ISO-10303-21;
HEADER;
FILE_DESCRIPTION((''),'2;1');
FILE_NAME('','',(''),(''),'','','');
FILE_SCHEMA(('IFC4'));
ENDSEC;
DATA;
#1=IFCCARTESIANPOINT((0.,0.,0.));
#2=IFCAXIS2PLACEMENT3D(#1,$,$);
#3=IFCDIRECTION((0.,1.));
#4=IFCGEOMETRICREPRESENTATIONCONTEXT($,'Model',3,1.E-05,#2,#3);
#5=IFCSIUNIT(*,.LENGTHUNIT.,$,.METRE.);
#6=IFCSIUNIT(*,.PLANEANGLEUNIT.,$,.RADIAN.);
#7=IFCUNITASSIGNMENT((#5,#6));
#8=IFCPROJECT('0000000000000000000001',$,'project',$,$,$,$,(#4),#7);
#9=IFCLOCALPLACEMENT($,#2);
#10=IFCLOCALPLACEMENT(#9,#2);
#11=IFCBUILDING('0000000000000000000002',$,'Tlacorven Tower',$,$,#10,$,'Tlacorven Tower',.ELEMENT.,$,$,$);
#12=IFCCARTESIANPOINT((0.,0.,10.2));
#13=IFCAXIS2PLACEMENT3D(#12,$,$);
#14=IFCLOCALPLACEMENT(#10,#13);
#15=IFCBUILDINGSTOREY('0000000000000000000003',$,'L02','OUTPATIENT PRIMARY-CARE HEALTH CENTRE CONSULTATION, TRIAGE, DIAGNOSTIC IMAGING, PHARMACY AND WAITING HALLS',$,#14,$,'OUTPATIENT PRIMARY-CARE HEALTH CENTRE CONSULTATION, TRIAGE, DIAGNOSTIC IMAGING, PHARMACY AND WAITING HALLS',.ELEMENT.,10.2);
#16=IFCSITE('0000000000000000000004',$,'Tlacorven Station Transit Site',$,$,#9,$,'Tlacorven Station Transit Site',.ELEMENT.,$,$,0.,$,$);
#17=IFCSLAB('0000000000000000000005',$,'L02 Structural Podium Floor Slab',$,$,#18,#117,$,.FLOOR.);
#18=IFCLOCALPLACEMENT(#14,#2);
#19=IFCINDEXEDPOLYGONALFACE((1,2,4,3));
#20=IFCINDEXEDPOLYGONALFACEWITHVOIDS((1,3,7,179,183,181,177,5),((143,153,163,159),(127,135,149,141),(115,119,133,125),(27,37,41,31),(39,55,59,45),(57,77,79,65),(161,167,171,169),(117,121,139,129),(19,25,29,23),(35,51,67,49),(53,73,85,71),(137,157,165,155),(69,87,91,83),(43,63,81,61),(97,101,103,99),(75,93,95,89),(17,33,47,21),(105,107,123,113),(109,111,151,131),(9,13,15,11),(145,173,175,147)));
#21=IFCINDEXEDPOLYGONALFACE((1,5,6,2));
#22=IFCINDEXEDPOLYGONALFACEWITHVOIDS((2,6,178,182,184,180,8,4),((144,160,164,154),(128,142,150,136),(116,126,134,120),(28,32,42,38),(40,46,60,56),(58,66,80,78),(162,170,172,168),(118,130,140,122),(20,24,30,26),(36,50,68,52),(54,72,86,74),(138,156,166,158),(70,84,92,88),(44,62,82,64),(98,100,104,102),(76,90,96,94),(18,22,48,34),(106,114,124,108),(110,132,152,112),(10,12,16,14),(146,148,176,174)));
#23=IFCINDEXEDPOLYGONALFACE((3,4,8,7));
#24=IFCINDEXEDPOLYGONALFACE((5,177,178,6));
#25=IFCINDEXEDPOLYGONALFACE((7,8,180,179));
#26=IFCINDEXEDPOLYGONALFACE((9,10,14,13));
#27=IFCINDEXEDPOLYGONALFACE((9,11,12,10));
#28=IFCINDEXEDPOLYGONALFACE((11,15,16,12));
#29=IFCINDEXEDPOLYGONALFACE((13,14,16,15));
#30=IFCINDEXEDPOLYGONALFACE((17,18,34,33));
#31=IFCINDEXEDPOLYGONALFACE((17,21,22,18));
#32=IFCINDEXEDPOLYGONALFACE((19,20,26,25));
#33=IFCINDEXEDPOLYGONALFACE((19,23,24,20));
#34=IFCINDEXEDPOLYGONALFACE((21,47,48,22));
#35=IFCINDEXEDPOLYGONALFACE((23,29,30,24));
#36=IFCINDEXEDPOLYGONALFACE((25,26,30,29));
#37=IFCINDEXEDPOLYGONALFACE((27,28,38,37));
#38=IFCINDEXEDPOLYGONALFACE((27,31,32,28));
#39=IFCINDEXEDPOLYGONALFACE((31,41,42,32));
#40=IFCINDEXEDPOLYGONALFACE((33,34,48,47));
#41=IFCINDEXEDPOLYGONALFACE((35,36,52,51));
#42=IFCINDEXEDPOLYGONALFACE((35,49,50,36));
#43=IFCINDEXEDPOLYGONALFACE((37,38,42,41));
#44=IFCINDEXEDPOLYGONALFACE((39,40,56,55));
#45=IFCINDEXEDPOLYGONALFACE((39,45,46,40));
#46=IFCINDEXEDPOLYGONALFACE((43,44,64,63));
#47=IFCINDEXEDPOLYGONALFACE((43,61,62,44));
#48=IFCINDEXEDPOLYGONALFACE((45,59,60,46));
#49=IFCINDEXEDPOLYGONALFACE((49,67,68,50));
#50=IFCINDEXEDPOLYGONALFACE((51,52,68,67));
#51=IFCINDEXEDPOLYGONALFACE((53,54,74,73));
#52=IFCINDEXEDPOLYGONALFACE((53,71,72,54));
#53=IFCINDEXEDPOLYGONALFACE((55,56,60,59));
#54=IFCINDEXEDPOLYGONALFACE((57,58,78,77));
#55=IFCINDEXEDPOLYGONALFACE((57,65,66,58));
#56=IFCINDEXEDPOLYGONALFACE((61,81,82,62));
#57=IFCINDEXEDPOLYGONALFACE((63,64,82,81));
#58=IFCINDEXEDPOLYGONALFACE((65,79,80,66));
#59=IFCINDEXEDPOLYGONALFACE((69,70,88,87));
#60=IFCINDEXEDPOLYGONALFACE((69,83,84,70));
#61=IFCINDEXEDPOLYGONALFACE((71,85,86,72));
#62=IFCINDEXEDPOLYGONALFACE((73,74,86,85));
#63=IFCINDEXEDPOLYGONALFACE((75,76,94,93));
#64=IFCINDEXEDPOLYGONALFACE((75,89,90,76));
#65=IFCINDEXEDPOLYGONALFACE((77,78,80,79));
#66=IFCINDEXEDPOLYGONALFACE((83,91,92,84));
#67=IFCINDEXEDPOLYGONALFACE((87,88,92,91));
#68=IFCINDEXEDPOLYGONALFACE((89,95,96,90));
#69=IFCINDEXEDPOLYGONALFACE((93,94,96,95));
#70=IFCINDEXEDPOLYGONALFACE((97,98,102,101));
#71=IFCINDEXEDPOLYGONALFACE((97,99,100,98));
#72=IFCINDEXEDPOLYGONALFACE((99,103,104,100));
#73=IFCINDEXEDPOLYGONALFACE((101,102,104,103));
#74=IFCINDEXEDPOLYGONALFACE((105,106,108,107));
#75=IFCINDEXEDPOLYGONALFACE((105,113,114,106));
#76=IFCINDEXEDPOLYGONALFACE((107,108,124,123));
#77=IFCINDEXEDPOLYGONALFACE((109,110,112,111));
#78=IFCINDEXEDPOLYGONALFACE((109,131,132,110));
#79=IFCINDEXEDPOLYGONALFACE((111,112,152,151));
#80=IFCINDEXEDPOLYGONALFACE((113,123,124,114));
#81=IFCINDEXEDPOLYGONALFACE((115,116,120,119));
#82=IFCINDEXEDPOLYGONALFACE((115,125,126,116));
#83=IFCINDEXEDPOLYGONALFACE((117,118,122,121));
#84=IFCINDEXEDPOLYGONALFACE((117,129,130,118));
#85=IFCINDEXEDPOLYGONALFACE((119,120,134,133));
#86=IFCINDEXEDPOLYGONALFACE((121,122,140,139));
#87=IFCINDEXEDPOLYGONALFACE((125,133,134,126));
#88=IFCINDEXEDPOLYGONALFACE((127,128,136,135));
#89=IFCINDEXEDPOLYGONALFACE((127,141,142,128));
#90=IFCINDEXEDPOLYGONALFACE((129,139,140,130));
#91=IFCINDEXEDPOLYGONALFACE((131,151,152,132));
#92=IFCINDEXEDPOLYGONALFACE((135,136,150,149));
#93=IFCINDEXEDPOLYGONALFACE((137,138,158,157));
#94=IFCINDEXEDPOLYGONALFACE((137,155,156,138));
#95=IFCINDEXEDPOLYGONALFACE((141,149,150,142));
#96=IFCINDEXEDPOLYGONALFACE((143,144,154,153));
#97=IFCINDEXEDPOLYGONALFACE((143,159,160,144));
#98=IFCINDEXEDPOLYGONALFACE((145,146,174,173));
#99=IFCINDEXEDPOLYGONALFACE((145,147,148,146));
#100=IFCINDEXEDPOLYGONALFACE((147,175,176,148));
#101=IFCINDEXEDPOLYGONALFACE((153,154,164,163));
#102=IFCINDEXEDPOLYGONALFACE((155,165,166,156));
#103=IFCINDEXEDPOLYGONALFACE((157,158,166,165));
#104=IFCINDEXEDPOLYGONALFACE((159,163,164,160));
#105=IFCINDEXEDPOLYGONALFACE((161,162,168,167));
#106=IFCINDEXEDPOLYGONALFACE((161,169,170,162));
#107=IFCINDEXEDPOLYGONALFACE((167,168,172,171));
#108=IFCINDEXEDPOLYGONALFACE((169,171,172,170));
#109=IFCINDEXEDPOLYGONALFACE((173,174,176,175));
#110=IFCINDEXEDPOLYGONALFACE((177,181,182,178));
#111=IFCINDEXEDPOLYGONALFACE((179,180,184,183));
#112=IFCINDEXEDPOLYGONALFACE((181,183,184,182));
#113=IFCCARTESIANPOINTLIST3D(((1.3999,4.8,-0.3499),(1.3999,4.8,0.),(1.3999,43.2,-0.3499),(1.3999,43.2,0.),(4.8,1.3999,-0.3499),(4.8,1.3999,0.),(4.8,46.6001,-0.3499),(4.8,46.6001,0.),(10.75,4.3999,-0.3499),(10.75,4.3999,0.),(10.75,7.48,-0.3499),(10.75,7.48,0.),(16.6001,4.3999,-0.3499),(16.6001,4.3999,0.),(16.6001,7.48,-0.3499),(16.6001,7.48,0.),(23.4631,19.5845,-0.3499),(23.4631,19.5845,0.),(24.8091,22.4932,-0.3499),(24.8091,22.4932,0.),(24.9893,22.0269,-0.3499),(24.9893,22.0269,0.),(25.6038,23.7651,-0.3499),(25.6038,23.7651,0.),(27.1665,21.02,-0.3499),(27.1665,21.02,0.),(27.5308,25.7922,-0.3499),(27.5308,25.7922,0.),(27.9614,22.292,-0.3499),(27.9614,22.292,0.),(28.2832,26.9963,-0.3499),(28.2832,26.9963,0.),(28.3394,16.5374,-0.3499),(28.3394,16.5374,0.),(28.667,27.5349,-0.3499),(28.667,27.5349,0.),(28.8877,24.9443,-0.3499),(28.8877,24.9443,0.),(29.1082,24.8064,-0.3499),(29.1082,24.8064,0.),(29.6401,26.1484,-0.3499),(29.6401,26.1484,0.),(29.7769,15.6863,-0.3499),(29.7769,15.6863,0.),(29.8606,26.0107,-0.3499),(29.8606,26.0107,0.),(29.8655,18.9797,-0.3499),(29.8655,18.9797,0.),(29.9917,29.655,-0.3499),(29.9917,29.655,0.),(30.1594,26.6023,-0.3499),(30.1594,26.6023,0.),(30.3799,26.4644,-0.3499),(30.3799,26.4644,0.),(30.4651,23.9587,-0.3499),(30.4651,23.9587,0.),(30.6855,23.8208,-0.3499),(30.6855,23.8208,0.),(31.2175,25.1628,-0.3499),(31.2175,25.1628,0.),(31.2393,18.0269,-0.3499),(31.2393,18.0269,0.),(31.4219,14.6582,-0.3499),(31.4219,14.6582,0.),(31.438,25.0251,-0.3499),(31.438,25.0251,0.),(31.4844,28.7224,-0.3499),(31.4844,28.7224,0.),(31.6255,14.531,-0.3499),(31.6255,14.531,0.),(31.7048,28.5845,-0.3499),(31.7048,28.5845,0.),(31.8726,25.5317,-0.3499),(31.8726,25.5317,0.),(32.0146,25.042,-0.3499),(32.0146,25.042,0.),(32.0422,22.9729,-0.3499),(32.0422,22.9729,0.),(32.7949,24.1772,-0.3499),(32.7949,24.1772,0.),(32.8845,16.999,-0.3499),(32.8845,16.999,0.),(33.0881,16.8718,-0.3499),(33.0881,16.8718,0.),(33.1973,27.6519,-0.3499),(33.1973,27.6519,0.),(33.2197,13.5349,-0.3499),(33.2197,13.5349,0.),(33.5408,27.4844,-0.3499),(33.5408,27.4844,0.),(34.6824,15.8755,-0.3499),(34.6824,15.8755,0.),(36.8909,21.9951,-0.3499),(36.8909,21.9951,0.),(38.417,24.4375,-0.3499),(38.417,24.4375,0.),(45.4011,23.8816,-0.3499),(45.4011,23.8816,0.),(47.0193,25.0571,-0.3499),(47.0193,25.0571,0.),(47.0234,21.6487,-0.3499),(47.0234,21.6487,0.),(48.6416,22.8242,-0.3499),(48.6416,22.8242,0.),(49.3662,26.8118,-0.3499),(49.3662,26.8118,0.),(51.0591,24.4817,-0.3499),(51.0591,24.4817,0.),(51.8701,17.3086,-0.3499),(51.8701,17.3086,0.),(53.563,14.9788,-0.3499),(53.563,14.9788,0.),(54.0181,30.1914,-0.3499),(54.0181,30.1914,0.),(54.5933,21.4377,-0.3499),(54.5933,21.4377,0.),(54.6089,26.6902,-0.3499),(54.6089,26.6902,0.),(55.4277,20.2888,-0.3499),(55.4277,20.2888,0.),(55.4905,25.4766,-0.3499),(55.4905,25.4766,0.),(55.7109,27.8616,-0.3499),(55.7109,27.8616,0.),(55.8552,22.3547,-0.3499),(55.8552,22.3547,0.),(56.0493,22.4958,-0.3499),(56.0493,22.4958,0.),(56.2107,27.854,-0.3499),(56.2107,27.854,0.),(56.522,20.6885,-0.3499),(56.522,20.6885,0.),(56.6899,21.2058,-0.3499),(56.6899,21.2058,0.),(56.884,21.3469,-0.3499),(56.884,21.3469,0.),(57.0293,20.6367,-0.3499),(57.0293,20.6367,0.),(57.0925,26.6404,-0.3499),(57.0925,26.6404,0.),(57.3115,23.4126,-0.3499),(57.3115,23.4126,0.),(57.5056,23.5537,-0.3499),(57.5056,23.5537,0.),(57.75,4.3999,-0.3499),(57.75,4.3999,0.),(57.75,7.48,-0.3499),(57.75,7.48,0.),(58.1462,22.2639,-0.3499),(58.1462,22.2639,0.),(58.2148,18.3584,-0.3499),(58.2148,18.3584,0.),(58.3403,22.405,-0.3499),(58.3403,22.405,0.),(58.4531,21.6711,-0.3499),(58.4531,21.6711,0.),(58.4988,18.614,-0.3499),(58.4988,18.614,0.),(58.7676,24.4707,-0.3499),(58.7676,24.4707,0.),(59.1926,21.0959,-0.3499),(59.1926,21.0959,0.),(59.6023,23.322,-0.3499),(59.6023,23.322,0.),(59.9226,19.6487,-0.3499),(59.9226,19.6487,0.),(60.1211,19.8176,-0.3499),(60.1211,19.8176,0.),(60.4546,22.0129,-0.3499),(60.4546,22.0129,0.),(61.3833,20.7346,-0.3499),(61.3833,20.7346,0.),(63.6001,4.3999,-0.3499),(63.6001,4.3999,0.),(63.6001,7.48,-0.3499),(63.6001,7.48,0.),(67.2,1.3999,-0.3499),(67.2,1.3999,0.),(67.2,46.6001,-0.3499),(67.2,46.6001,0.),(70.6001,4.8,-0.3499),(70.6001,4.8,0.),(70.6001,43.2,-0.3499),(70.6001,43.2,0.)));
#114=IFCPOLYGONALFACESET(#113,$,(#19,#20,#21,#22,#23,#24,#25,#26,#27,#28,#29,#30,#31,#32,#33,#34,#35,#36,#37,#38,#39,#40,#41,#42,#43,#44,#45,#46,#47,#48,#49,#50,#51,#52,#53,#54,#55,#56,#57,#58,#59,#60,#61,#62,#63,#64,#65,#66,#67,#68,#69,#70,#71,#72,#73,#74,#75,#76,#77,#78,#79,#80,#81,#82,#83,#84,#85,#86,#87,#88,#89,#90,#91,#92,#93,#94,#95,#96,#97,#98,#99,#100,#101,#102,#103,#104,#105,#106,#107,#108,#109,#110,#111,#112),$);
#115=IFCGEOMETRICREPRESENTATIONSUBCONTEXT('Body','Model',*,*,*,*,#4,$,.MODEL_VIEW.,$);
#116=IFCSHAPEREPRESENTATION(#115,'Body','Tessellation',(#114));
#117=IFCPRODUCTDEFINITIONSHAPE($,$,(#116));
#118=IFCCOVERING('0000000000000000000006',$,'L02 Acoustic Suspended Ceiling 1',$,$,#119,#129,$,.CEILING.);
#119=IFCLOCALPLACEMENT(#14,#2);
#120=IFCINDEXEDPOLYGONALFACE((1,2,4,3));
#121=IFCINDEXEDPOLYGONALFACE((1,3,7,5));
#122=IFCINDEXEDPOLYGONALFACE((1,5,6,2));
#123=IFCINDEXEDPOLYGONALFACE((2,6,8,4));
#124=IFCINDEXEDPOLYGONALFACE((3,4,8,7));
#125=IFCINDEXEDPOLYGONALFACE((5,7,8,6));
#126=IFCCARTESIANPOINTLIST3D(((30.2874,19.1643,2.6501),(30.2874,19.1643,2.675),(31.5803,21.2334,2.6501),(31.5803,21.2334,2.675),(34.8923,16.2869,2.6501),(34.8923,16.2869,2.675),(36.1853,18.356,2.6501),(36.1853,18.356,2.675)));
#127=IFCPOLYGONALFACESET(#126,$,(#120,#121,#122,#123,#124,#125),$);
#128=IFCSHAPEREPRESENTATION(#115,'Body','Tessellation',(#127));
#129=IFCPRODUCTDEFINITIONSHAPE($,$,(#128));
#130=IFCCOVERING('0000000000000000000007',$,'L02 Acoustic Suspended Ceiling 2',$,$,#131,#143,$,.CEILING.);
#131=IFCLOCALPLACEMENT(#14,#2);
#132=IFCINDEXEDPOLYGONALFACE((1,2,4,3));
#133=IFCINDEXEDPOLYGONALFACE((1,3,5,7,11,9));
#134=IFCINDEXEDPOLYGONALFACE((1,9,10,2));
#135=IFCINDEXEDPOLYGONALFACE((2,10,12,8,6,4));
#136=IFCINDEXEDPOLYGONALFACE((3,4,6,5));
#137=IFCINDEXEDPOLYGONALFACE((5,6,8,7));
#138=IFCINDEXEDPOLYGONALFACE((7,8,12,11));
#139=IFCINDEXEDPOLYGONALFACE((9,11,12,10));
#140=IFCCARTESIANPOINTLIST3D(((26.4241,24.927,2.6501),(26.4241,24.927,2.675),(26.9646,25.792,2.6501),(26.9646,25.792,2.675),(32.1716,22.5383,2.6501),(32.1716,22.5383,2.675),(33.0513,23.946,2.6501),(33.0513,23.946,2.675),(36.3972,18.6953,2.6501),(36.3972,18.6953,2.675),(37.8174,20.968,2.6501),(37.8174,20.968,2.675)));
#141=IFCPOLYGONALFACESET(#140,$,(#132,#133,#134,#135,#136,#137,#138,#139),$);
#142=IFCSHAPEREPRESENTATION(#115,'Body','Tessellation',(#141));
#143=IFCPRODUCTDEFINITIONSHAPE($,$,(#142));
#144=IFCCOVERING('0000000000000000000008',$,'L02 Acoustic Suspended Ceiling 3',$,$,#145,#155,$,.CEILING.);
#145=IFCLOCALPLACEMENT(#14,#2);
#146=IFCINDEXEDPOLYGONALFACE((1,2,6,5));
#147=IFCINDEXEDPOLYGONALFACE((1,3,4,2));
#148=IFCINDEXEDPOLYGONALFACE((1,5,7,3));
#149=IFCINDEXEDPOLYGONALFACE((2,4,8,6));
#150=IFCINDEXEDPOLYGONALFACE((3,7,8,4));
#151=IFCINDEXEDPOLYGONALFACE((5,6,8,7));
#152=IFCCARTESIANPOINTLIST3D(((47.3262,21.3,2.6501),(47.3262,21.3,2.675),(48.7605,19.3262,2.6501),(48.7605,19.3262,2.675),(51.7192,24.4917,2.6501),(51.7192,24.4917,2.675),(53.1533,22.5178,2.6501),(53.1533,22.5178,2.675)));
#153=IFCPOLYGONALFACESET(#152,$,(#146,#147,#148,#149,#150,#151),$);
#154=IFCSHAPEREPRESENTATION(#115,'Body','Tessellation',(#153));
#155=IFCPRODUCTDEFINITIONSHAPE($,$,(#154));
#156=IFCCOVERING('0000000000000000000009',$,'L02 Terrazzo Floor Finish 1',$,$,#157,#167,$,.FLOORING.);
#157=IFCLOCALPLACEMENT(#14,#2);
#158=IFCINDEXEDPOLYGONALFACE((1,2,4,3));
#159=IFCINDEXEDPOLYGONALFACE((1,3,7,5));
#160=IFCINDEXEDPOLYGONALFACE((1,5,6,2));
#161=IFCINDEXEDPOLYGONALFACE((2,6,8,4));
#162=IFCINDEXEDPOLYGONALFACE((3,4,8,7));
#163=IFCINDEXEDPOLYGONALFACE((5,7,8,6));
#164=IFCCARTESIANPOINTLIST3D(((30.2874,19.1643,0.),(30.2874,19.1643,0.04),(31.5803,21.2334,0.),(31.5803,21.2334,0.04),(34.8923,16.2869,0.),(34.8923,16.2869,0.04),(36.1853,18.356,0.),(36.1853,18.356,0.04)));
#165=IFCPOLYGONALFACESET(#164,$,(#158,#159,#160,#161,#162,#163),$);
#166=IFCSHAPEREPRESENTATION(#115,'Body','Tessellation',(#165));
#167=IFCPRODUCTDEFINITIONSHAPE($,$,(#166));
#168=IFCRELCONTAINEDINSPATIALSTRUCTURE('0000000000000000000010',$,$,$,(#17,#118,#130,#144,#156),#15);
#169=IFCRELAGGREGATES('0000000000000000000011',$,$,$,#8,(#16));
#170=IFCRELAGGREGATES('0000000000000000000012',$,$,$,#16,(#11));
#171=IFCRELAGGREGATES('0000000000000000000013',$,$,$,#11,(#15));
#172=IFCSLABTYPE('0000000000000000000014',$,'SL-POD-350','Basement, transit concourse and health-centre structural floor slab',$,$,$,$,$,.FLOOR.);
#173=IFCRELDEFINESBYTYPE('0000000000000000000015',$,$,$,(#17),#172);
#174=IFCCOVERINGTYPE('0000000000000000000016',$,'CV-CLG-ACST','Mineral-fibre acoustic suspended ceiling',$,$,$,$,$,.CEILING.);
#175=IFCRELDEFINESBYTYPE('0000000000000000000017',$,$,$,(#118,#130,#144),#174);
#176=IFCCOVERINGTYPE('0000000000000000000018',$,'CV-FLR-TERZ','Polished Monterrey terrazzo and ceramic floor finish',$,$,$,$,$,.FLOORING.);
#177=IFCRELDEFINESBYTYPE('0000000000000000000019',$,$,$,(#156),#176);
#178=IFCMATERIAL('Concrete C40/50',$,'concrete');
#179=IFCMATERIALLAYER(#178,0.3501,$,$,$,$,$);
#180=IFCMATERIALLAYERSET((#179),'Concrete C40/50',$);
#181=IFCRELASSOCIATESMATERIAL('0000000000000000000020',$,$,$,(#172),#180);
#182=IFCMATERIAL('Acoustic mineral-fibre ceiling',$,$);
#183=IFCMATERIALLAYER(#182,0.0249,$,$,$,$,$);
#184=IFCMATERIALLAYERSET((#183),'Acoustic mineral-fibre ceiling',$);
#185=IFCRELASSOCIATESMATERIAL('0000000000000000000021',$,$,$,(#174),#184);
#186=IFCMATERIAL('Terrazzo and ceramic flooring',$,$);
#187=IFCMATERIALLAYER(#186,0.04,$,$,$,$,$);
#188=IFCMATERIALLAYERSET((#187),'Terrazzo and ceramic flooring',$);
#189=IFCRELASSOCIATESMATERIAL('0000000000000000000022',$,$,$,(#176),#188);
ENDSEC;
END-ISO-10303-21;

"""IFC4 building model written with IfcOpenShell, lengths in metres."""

from ifc_helpers import new_model, si_unit, direction, frame, origin, place, context, subcontext, project, spatial, polyline, outline, extrude, material, layer, layer_set, type_object, element, save


model = new_model("IFC4")

# Units and contexts
model_context = context("Model", 3, precision=1e-05, world=origin(), true_north=direction((0.0, 1.0)))
body_context = subcontext(model_context, "Body", "Model", "MODEL_VIEW")
ifc_project = project(units=[si_unit("LENGTHUNIT", "METRE"), si_unit("PLANEANGLEUNIT", "RADIAN")], contexts=[model_context])

# Site, building, storey
site_placement = place(None, origin())
site = spatial("IfcSite", under=ifc_project, at=site_placement, Name="Tlacorven Station Transit Site", LongName="Tlacorven Station Transit Site", CompositionType="ELEMENT", RefElevation=0.0)
building_placement = place(site_placement, origin())
building = spatial("IfcBuilding", under=site, at=building_placement, Name="Tlacorven Tower", LongName="Tlacorven Tower", CompositionType="ELEMENT")
storey_placement = place(building_placement, frame((0.0, 0.0, 10.2)))
storey = spatial("IfcBuildingStorey", under=building, at=storey_placement, Name="L02", Description="OUTPATIENT PRIMARY-CARE HEALTH CENTRE CONSULTATION, TRIAGE, DIAGNOSTIC IMAGING, PHARMACY AND WAITING HALLS", LongName="OUTPATIENT PRIMARY-CARE HEALTH CENTRE CONSULTATION, TRIAGE, DIAGNOSTIC IMAGING, PHARMACY AND WAITING HALLS", CompositionType="ELEMENT", Elevation=10.2)

# Shared definitions
ifc_material_1 = material(Name="Concrete C40/50", Category="concrete")

# Slab
ifc_layer_1 = layer(ifc_material_1, 0.3501)
ifc_layer_set_1 = layer_set([ifc_layer_1], Name="Concrete C40/50")
slab_type_1 = type_object("IfcSlabType", Name="SL-POD-350", Description="Basement, transit concourse and health-centre structural floor slab", PredefinedType="FLOOR", material=ifc_layer_set_1)
slab_1_placement = place(storey_placement, frame((0.0, 0.0, -0.3499)))
element("IfcSlab", 1, at=slab_1_placement, inside=storey, type_object=slab_type_1, Name="L02 Structural Podium Floor Slab", PredefinedType="FLOOR", context=body_context, shape_type="SweptSolid", body=[
    extrude(outline(polyline([(4.8, 1.3999), (67.2, 1.3999), (70.6001, 4.8), (70.6001, 43.2), (67.2, 46.6001), (4.8, 46.6001), (1.3999, 43.2), (1.3999, 4.8), (4.8, 1.3999)]), holes=[polyline([(29.8655, 18.9797), (24.9893, 22.0269), (23.4631, 19.5845), (28.3394, 16.5374), (29.8655, 18.9797)]), polyline([(38.417, 24.4375), (33.5408, 27.4844), (32.0146, 25.042), (36.8909, 21.9951), (38.417, 24.4375)]), polyline([(51.0591, 24.4817), (55.7109, 27.8616), (54.0181, 30.1914), (49.3662, 26.8118), (51.0591, 24.4817)]), polyline([(53.563, 14.9788), (58.2148, 18.3584), (56.522, 20.6885), (51.8701, 17.3086), (53.563, 14.9788)]), polyline([(10.75, 4.3999), (16.6001, 4.3999), (16.6001, 7.48), (10.75, 7.48), (10.75, 4.3999)]), polyline([(57.75, 4.3999), (63.6001, 4.3999), (63.6001, 7.48), (57.75, 7.48), (57.75, 4.3999)]), polyline([(34.6824, 15.8755), (33.0881, 16.8718), (31.6255, 14.531), (33.2197, 13.5349), (34.6824, 15.8755)]), polyline([(32.8845, 16.999), (31.2393, 18.0269), (29.7769, 15.6863), (31.4219, 14.6582), (32.8845, 16.999)]), polyline([(47.0234, 21.6487), (48.6416, 22.8242), (47.0193, 25.0571), (45.4011, 23.8816), (47.0234, 21.6487)]), polyline([(33.1973, 27.6519), (31.7048, 28.5845), (30.3799, 26.4644), (31.8726, 25.5317), (33.1973, 27.6519)]), polyline([(31.4844, 28.7224), (29.9917, 29.655), (28.667, 27.5349), (30.1594, 26.6023), (31.4844, 28.7224)]), polyline([(32.7949, 24.1772), (31.438, 25.0251), (30.6855, 23.8208), (32.0422, 22.9729), (32.7949, 24.1772)]), polyline([(31.2175, 25.1628), (29.8606, 26.0107), (29.1082, 24.8064), (30.4651, 23.9587), (31.2175, 25.1628)]), polyline([(29.6401, 26.1484), (28.2832, 26.9963), (27.5308, 25.7922), (28.8877, 24.9443), (29.6401, 26.1484)]), polyline([(55.4277, 20.2888), (56.6899, 21.2058), (55.8552, 22.3547), (54.5933, 21.4377), (55.4277, 20.2888)]), polyline([(56.884, 21.3469), (58.1462, 22.2639), (57.3115, 23.4126), (56.0493, 22.4958), (56.884, 21.3469)]), polyline([(58.3403, 22.405), (59.6023, 23.322), (58.7676, 24.4707), (57.5056, 23.5537), (58.3403, 22.405)]), polyline([(58.4988, 18.614), (59.9226, 19.6487), (58.4531, 21.6711), (57.0293, 20.6367), (58.4988, 18.614)]), polyline([(27.9614, 22.292), (25.6038, 23.7651), (24.8091, 22.4932), (27.1665, 21.02), (27.9614, 22.292)]), polyline([(55.4905, 25.4766), (57.0925, 26.6404), (56.2107, 27.854), (54.6089, 26.6902), (55.4905, 25.4766)]), polyline([(60.1211, 19.8176), (61.3833, 20.7346), (60.4546, 22.0129), (59.1926, 21.0959), (60.1211, 19.8176)])]), origin(), (0.0, 0.0, 1.0), 0.3499),
])

# Coverings
ifc_material_2 = material(Name="Acoustic mineral-fibre ceiling")
ifc_layer_2 = layer(ifc_material_2, 0.0249)
ifc_layer_set_2 = layer_set([ifc_layer_2], Name="Acoustic mineral-fibre ceiling")
covering_type_1 = type_object("IfcCoveringType", Name="CV-CLG-ACST", Description="Mineral-fibre acoustic suspended ceiling", PredefinedType="CEILING", material=ifc_layer_set_2)
covering_1_placement = place(storey_placement, frame((0.0, 0.0, 2.6501)))
element("IfcCovering", 2, at=covering_1_placement, inside=storey, type_object=covering_type_1, Name="L02 Acoustic Suspended Ceiling 1", PredefinedType="CEILING", context=body_context, shape_type="SweptSolid", body=[
    extrude(outline(polyline([(36.1853, 18.356), (34.8923, 16.2869), (30.2874, 19.1643), (31.5803, 21.2334), (36.1853, 18.356)])), origin(), (0.0, 0.0, 1.0), 0.0249),
])
covering_2_placement = place(storey_placement, frame((0.0, 0.0, 2.6501)))
element("IfcCovering", 3, at=covering_2_placement, inside=storey, type_object=covering_type_1, Name="L02 Acoustic Suspended Ceiling 2", PredefinedType="CEILING", context=body_context, shape_type="SweptSolid", body=[
    extrude(outline(polyline([(37.8174, 20.968), (36.3972, 18.6953), (26.4241, 24.927), (26.9646, 25.792), (32.1716, 22.5383), (33.0513, 23.946), (37.8174, 20.968)])), origin(), (0.0, 0.0, 1.0), 0.0249),
])
covering_3_placement = place(storey_placement, frame((0.0, 0.0, 2.6501)))
element("IfcCovering", 4, at=covering_3_placement, inside=storey, type_object=covering_type_1, Name="L02 Acoustic Suspended Ceiling 3", PredefinedType="CEILING", context=body_context, shape_type="SweptSolid", body=[
    extrude(outline(polyline([(48.7605, 19.3262), (47.3262, 21.3), (51.7192, 24.4917), (53.1533, 22.5178), (48.7605, 19.3262)])), origin(), (0.0, 0.0, 1.0), 0.0249),
])
ifc_material_3 = material(Name="Terrazzo and ceramic flooring")
ifc_layer_3 = layer(ifc_material_3, 0.04)
ifc_layer_set_3 = layer_set([ifc_layer_3], Name="Terrazzo and ceramic flooring")
covering_type_2 = type_object("IfcCoveringType", Name="CV-FLR-TERZ", Description="Polished Monterrey terrazzo and ceramic floor finish", PredefinedType="FLOORING", material=ifc_layer_set_3)
covering_4_placement = place(storey_placement, origin())
element("IfcCovering", 5, at=covering_4_placement, inside=storey, type_object=covering_type_2, Name="L02 Terrazzo Floor Finish 1", PredefinedType="FLOORING", context=body_context, shape_type="SweptSolid", body=[
    extrude(outline(polyline([(36.1853, 18.356), (34.8923, 16.2869), (30.2874, 19.1643), (31.5803, 21.2334), (36.1853, 18.356)])), origin(), (0.0, 0.0, 1.0), 0.04),
])

save(model, "model.ifc")
